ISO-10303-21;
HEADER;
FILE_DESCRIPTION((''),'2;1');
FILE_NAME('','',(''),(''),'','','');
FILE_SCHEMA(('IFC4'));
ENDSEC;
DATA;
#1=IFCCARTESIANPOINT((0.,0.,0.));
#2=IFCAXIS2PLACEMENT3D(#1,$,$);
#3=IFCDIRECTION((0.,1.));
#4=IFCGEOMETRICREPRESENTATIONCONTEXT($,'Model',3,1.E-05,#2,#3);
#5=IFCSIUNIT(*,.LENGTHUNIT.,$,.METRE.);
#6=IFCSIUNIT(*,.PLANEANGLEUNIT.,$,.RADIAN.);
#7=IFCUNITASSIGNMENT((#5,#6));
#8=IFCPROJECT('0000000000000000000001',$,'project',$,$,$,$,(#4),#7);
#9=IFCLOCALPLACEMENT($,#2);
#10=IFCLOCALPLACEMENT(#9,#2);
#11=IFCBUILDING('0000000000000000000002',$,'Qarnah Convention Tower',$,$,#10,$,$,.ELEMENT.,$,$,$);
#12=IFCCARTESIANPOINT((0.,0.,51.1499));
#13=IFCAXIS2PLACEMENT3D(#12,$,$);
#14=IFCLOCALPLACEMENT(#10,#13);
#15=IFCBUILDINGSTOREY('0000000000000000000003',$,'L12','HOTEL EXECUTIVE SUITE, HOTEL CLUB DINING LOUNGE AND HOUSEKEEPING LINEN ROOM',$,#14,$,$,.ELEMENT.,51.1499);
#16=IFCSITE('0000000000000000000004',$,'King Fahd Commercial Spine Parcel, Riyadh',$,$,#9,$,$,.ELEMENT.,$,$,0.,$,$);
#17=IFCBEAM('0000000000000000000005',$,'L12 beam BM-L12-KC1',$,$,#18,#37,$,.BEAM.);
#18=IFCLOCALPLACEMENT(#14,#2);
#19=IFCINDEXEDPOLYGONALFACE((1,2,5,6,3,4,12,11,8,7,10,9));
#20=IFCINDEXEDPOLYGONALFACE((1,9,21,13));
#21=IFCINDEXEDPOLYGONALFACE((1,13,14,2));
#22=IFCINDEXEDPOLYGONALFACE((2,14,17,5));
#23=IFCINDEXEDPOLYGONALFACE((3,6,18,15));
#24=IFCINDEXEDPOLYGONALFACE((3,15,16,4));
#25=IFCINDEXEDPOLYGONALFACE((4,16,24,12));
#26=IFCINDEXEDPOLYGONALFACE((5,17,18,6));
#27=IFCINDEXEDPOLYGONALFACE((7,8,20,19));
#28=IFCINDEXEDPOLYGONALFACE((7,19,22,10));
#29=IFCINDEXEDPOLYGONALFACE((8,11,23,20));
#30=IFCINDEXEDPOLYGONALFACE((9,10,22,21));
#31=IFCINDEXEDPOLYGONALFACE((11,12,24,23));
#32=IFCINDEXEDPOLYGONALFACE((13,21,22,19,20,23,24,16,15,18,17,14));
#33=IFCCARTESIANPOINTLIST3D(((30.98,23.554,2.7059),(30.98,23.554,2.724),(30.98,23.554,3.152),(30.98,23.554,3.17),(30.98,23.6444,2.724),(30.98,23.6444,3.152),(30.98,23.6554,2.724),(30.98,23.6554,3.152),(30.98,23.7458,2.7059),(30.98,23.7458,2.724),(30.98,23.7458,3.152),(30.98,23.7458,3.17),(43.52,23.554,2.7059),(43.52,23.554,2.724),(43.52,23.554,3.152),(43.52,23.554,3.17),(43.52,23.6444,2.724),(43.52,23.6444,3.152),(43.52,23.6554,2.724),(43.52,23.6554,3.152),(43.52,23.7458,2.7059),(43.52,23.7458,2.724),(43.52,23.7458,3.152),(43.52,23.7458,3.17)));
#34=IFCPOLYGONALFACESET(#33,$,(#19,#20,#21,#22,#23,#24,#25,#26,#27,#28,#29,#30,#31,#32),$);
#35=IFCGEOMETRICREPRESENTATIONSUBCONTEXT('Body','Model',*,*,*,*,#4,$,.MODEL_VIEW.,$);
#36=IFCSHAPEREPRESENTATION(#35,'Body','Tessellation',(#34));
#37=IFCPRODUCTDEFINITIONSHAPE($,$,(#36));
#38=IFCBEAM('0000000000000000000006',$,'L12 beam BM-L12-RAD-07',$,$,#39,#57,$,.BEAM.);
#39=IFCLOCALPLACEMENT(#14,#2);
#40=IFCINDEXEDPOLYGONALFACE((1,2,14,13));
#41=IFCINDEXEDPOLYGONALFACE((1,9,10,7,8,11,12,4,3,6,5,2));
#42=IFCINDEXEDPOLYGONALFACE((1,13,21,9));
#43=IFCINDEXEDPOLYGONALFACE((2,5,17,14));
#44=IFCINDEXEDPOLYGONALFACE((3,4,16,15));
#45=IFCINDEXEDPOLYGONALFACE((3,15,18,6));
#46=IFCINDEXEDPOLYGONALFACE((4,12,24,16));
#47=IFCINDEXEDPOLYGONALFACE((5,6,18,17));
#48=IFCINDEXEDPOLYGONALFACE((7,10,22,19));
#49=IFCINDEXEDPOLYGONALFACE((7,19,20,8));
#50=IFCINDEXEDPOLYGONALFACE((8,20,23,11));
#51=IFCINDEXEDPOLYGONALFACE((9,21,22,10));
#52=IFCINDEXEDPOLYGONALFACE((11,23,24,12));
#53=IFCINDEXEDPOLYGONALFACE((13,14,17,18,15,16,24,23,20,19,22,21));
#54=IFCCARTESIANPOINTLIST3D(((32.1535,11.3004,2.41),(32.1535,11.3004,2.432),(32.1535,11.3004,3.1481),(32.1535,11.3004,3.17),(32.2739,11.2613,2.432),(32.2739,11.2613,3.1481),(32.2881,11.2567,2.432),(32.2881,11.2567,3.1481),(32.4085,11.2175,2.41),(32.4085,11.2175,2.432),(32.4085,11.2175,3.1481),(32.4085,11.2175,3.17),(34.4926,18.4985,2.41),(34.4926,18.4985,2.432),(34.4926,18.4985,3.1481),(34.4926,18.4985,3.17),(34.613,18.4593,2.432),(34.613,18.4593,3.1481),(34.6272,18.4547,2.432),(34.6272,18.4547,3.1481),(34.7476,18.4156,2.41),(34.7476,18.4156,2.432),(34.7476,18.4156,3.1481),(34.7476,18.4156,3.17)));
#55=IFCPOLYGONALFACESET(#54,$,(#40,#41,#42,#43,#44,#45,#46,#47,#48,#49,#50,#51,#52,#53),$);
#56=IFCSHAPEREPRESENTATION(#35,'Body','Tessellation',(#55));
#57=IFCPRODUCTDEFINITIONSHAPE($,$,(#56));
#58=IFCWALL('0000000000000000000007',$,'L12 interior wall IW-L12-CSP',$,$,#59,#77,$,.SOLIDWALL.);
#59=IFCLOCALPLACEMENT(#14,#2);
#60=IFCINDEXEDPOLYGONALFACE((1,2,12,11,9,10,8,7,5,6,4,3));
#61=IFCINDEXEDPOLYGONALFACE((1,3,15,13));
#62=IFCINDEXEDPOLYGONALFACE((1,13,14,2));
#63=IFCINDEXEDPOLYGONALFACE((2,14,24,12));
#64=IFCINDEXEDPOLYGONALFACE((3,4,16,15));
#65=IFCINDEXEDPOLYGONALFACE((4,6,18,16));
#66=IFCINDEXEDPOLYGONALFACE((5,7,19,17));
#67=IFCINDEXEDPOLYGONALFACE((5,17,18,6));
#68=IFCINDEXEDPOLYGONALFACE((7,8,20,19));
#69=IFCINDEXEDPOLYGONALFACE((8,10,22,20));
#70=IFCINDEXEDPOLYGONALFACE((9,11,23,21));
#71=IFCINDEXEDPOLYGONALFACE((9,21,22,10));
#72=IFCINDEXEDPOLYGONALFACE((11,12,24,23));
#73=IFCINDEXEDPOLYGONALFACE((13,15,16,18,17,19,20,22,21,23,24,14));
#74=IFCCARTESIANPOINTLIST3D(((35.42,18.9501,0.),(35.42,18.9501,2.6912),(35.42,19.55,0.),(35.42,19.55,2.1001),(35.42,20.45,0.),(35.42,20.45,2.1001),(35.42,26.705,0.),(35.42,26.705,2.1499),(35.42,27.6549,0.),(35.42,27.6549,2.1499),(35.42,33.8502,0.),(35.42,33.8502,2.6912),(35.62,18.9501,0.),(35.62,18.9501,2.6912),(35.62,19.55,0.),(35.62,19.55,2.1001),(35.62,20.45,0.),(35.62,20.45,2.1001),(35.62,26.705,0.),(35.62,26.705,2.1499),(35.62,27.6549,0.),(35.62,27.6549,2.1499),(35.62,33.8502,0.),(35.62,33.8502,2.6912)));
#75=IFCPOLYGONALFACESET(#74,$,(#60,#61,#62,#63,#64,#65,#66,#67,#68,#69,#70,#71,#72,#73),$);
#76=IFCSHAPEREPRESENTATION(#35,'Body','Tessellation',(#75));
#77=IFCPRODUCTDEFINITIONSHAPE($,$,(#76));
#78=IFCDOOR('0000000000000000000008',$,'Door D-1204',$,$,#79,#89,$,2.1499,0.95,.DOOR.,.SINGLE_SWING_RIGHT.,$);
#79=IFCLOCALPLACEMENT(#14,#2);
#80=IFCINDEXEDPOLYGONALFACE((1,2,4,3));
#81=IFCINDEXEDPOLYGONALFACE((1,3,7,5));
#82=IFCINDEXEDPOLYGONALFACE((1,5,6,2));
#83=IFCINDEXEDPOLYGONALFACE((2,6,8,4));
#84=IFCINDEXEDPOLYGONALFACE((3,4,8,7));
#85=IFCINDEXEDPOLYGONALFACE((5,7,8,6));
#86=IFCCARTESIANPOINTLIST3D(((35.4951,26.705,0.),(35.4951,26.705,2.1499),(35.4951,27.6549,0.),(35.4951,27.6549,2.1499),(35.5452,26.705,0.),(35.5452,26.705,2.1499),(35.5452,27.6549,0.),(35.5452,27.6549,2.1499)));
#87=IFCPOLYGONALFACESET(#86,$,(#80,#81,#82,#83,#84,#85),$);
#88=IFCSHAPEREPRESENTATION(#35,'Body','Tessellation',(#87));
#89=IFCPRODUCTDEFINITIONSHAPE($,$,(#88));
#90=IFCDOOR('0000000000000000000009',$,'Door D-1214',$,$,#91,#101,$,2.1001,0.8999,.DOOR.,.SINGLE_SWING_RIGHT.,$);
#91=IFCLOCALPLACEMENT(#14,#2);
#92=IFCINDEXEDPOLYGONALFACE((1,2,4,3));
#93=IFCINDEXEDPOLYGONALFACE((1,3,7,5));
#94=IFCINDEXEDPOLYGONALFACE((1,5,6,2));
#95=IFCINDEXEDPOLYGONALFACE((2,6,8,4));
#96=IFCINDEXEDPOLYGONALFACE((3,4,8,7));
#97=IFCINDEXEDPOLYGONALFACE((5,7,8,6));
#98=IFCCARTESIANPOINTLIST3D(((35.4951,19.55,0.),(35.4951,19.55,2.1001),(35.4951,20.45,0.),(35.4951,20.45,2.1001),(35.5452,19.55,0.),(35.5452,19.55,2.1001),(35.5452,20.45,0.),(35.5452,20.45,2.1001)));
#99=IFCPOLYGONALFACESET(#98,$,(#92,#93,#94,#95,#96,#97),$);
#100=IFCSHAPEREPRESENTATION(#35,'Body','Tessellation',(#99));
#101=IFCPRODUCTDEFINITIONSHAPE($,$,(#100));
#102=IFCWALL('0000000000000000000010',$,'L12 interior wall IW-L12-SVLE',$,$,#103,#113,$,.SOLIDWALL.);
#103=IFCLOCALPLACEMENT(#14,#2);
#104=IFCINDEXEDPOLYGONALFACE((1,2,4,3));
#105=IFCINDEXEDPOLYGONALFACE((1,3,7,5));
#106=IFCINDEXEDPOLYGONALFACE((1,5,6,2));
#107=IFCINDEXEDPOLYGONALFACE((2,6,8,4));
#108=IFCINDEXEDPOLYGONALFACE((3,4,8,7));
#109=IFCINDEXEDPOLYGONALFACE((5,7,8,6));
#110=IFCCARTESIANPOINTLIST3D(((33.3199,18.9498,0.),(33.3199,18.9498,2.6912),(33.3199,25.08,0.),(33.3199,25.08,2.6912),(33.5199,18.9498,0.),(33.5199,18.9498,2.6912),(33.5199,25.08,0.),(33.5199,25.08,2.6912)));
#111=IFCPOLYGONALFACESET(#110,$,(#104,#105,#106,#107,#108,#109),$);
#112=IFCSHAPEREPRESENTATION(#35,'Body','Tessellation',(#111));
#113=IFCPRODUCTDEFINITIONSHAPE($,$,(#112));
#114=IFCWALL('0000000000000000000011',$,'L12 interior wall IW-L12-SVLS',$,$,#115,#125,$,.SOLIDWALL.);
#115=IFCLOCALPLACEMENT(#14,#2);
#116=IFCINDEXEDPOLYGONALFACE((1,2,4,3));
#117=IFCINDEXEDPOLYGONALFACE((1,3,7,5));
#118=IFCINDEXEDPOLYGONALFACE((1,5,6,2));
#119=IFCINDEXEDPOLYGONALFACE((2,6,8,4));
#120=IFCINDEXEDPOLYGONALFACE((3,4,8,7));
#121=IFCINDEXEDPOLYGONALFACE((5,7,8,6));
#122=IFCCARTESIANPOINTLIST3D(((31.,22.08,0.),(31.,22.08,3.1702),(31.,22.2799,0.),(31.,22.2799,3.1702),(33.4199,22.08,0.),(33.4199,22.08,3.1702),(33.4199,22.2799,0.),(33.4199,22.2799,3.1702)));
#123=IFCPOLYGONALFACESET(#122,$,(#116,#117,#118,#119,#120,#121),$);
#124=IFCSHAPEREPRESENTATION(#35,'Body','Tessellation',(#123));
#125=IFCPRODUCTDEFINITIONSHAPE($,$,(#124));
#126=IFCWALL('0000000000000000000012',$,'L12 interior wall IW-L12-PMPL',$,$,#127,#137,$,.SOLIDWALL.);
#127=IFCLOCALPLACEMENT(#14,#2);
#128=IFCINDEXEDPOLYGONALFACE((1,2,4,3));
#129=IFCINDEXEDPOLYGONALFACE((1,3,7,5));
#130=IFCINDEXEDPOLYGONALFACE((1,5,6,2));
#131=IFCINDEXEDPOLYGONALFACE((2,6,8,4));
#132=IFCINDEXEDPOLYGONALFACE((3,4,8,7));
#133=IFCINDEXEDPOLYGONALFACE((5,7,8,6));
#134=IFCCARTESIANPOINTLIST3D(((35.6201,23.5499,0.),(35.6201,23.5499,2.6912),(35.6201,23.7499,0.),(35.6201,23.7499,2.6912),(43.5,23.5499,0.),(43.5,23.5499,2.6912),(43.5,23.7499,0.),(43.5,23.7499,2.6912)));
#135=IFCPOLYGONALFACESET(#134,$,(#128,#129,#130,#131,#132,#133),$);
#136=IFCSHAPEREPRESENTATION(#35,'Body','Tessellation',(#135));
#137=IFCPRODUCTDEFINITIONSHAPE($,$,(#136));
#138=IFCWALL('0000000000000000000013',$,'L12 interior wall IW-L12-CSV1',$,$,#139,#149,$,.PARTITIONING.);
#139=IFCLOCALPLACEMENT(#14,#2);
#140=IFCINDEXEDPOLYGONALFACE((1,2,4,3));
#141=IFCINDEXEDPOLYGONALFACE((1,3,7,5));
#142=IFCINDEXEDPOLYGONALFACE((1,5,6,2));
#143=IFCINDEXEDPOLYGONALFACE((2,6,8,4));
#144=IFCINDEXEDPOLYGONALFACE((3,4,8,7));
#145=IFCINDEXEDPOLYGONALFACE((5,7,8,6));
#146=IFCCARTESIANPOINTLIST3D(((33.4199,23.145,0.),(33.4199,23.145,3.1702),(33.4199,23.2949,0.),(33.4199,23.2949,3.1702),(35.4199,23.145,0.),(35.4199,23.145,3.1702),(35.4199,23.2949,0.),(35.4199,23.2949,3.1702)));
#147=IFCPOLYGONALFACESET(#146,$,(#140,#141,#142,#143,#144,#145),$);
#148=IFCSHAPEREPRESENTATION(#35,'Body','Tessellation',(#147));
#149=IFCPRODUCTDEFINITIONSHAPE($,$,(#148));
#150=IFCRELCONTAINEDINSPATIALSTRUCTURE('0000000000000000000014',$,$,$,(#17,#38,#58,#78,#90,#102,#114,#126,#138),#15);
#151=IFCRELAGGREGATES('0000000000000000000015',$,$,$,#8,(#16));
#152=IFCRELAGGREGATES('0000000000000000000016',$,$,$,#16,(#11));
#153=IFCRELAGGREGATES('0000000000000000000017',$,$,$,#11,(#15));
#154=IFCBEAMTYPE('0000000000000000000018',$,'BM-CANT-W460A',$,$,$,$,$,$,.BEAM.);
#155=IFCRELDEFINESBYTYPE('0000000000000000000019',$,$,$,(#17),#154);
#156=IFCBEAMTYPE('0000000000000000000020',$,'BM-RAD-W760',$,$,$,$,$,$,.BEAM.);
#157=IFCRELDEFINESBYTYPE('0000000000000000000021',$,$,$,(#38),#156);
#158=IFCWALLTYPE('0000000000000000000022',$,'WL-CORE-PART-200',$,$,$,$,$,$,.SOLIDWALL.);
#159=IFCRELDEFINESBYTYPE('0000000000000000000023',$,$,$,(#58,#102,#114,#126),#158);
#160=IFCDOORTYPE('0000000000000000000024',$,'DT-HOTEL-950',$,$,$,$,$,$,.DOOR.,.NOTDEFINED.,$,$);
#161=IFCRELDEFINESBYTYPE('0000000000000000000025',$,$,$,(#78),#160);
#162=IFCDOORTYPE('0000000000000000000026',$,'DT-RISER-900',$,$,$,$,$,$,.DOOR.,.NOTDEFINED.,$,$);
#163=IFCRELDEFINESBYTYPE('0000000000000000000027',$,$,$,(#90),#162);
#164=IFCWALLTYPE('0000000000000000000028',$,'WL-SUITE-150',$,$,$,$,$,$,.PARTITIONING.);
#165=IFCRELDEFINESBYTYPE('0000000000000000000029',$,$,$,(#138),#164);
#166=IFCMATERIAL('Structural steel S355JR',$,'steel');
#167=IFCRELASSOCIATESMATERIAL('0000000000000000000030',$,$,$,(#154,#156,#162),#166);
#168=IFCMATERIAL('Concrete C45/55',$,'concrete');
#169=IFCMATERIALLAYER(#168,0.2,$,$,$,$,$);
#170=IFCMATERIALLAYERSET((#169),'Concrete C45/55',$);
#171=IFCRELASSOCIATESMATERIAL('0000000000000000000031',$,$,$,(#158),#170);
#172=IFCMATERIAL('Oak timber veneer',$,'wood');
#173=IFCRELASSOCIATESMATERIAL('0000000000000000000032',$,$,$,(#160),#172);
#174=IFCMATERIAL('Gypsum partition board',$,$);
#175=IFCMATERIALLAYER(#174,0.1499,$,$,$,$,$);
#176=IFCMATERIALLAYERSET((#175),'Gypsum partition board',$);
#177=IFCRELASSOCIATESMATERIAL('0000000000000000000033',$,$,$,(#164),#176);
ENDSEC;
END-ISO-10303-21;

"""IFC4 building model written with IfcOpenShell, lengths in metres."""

from ifc_helpers import new_model, si_unit, direction, frame, frame_2d, origin, origin_2d, place, context, subcontext, project, spatial, rectangle, i_section, extrude, material, layer, layer_set, material_profile, profile_set, type_object, element, fill, save


model = new_model("IFC4")

# Units and contexts
model_context = context("Model", 3, precision=1e-05, world=origin(), true_north=direction((0.0, 1.0)))
body_context = subcontext(model_context, "Body", "Model", "MODEL_VIEW")
ifc_project = project(units=[si_unit("LENGTHUNIT", "METRE"), si_unit("PLANEANGLEUNIT", "RADIAN")], contexts=[model_context])

# Site, building, storey
site_placement = place(None, origin())
site = spatial("IfcSite", under=ifc_project, at=site_placement, Name="King Fahd Commercial Spine Parcel, Riyadh", CompositionType="ELEMENT", RefElevation=0.0)
building_placement = place(site_placement, origin())
building = spatial("IfcBuilding", under=site, at=building_placement, Name="Qarnah Convention Tower", CompositionType="ELEMENT")
storey_placement = place(building_placement, frame((0.0, 0.0, 51.1499)))
storey = spatial("IfcBuildingStorey", under=building, at=storey_placement, Name="L12", Description="HOTEL EXECUTIVE SUITE, HOTEL CLUB DINING LOUNGE AND HOUSEKEEPING LINEN ROOM", CompositionType="ELEMENT", Elevation=51.1499)

# Beams
ifc_material_1 = material(Name="Structural steel S355JR", Category="steel")
ifc_material_profile_1 = material_profile(ifc_material_1, i_section(OverallWidth=0.1919, OverallDepth=0.4641, WebThickness=0.011, FlangeThickness=0.0181, at=origin_2d()), Name="W460X89")
ifc_profile_set_1 = profile_set([ifc_material_profile_1], Name="Structural steel S355JR")
beam_type_1 = type_object("IfcBeamType", Name="BM-CANT-W460A", PredefinedType="BEAM", material=ifc_profile_set_1)
beam_1_placement = place(storey_placement, frame((30.98, 23.6499, 2.938), z_axis=(1.0, 0.0, 0.0), x_axis=(0.0, 1.0, 0.0)))
element("IfcBeam", 1, at=beam_1_placement, inside=storey, type_object=beam_type_1, Name="L12 beam BM-L12-KC1", PredefinedType="BEAM", context=body_context, shape_type="SweptSolid", body=[
    extrude(i_section(OverallWidth=0.1919, OverallDepth=0.4641, WebThickness=0.011, FlangeThickness=0.0181, at=origin_2d()), origin(), (0.0, 0.0, 1.0), 12.54),
])
ifc_material_profile_2 = material_profile(ifc_material_1, i_section(OverallWidth=0.2681, OverallDepth=0.76, WebThickness=0.0149, FlangeThickness=0.022, at=origin_2d()), Name="W760X185")
ifc_profile_set_2 = profile_set([ifc_material_profile_2], Name="Structural steel S355JR")
beam_type_2 = type_object("IfcBeamType", Name="BM-RAD-W760", PredefinedType="BEAM", material=ifc_profile_set_2)
beam_2_placement = place(storey_placement, frame((34.6201, 18.457, 2.79), z_axis=(-0.309058, -0.951043, 0.0), x_axis=(0.951043, -0.309058, 0.0)))
element("IfcBeam", 2, at=beam_2_placement, inside=storey, type_object=beam_type_2, Name="L12 beam BM-L12-RAD-07", PredefinedType="BEAM", context=body_context, shape_type="SweptSolid", body=[
    extrude(i_section(OverallWidth=0.2681, OverallDepth=0.76, WebThickness=0.0149, FlangeThickness=0.022, at=origin_2d()), origin(), (0.0, 0.0, 1.0), 7.5686),
])

# Wall, openings, doors
door_type_1 = type_object("IfcDoorType", Name="DT-RISER-900", OperationType="NOTDEFINED", PredefinedType="DOOR", material=ifc_material_1)
ifc_material_2 = material(Name="Concrete C45/55", Category="concrete")
ifc_layer_1 = layer(ifc_material_2, 0.2)
ifc_layer_set_1 = layer_set([ifc_layer_1], Name="Concrete C45/55")
wall_type_1 = type_object("IfcWallType", Name="WL-CORE-PART-200", PredefinedType="SOLIDWALL", material=ifc_layer_set_1)
wall_1_placement = place(storey_placement, frame((35.52, 18.95, 0.0), z_axis=(0.0, 0.0, 1.0), x_axis=(0.0, 1.0, 0.0)))
wall_1 = element("IfcWall", 3, at=wall_1_placement, inside=storey, type_object=wall_type_1, Name="L12 interior wall IW-L12-CSP", PredefinedType="SOLIDWALL", context=body_context, shape_type="SweptSolid", body=[
    extrude(rectangle(XDim=14.9001, YDim=0.2, at=frame_2d((7.4502, 0.0))), origin(), (0.0, 0.0, 1.0), 2.6912),
])
opening_1_placement = place(wall_1_placement, frame((7.7549, 0.0, 0.0)))
opening_1 = element("IfcOpeningElement", 4, at=opening_1_placement, cuts=wall_1, PredefinedType="OPENING", context=body_context, shape_type="SweptSolid", body=[
    extrude(rectangle(XDim=0.95, YDim=2.1499, at=frame_2d((0.4751, 1.075))), frame((0.0, 0.1099, 0.0), z_axis=(0.0, -1.0, 0.0), x_axis=(1.0, 0.0, 0.0)), (0.0, 0.0, 1.0), 0.22),
])
opening_2_placement = place(wall_1_placement, frame((0.6001, 0.0, 0.0)))
opening_2 = element("IfcOpeningElement", 5, at=opening_2_placement, cuts=wall_1, PredefinedType="OPENING", context=body_context, shape_type="SweptSolid", body=[
    extrude(rectangle(XDim=0.8999, YDim=2.1001, at=frame_2d((0.45, 1.05))), frame((0.0, 0.1099, 0.0), z_axis=(0.0, -1.0, 0.0), x_axis=(1.0, 0.0, 0.0)), (0.0, 0.0, 1.0), 0.22),
])
ifc_material_3 = material(Name="Oak timber veneer", Category="wood")
door_type_2 = type_object("IfcDoorType", Name="DT-HOTEL-950", OperationType="NOTDEFINED", PredefinedType="DOOR", material=ifc_material_3)
door_1_placement = place(opening_1_placement, origin())
door_1 = element("IfcDoor", 6, at=door_1_placement, inside=storey, type_object=door_type_2, Name="Door D-1204", OperationType="SINGLE_SWING_RIGHT", OverallHeight=2.1499, OverallWidth=0.95, PredefinedType="DOOR", context=body_context, shape_type="SweptSolid", body=[
    extrude(rectangle(XDim=0.95, YDim=2.1499, at=frame_2d((0.4751, 1.075))), frame((0.0, 0.0249, 0.0), z_axis=(0.0, -1.0, 0.0), x_axis=(1.0, 0.0, 0.0)), (0.0, 0.0, 1.0), 0.05),
])
fill(opening_1, door_1)
door_2_placement = place(opening_2_placement, origin())
door_2 = element("IfcDoor", 7, at=door_2_placement, inside=storey, type_object=door_type_1, Name="Door D-1214", OperationType="SINGLE_SWING_RIGHT", OverallHeight=2.1001, OverallWidth=0.8999, PredefinedType="DOOR", context=body_context, shape_type="SweptSolid", body=[
    extrude(rectangle(XDim=0.8999, YDim=2.1001, at=frame_2d((0.45, 1.05))), frame((0.0, 0.0249, 0.0), z_axis=(0.0, -1.0, 0.0), x_axis=(1.0, 0.0, 0.0)), (0.0, 0.0, 1.0), 0.05),
])
fill(opening_2, door_2)

# Walls
wall_2_placement = place(storey_placement, frame((33.4199, 18.95, 0.0), z_axis=(0.0, 0.0, 1.0), x_axis=(0.0, 1.0, 0.0)))
element("IfcWall", 8, at=wall_2_placement, inside=storey, type_object=wall_type_1, Name="L12 interior wall IW-L12-SVLE", PredefinedType="SOLIDWALL", context=body_context, shape_type="SweptSolid", body=[
    extrude(rectangle(XDim=6.1301, YDim=0.2, at=frame_2d((3.0649, 0.0))), origin(), (0.0, 0.0, 1.0), 2.6912),
])
wall_3_placement = place(storey_placement, frame((31.0, 22.1799, 0.0), z_axis=(0.0, 0.0, 1.0), x_axis=(1.0, 0.0, 0.0)))
element("IfcWall", 9, at=wall_3_placement, inside=storey, type_object=wall_type_1, Name="L12 interior wall IW-L12-SVLS", PredefinedType="SOLIDWALL", context=body_context, shape_type="SweptSolid", body=[
    extrude(rectangle(XDim=2.4199, YDim=0.2, at=frame_2d((1.21, 0.0))), origin(), (0.0, 0.0, 1.0), 3.1702),
])
wall_4_placement = place(storey_placement, frame((35.6201, 23.6499, 0.0), z_axis=(0.0, 0.0, 1.0), x_axis=(1.0, 0.0, 0.0)))
element("IfcWall", 10, at=wall_4_placement, inside=storey, type_object=wall_type_1, Name="L12 interior wall IW-L12-PMPL", PredefinedType="SOLIDWALL", context=body_context, shape_type="SweptSolid", body=[
    extrude(rectangle(XDim=7.8799, YDim=0.2, at=frame_2d((3.9399, 0.0))), origin(), (0.0, 0.0, 1.0), 2.6912),
])

# Wall
ifc_material_4 = material(Name="Gypsum partition board")
ifc_layer_2 = layer(ifc_material_4, 0.1499)
ifc_layer_set_2 = layer_set([ifc_layer_2], Name="Gypsum partition board")
wall_type_2 = type_object("IfcWallType", Name="WL-SUITE-150", PredefinedType="PARTITIONING", material=ifc_layer_set_2)
wall_5_placement = place(storey_placement, frame((33.4199, 23.22, 0.0), z_axis=(0.0, 0.0, 1.0), x_axis=(1.0, 0.0, 0.0)))
element("IfcWall", 11, at=wall_5_placement, inside=storey, type_object=wall_type_2, Name="L12 interior wall IW-L12-CSV1", PredefinedType="PARTITIONING", context=body_context, shape_type="SweptSolid", body=[
    extrude(rectangle(XDim=2.0, YDim=0.1499, at=frame_2d((1.0, 0.0))), origin(), (0.0, 0.0, 1.0), 3.1702),
])

save(model, "model.ifc")
